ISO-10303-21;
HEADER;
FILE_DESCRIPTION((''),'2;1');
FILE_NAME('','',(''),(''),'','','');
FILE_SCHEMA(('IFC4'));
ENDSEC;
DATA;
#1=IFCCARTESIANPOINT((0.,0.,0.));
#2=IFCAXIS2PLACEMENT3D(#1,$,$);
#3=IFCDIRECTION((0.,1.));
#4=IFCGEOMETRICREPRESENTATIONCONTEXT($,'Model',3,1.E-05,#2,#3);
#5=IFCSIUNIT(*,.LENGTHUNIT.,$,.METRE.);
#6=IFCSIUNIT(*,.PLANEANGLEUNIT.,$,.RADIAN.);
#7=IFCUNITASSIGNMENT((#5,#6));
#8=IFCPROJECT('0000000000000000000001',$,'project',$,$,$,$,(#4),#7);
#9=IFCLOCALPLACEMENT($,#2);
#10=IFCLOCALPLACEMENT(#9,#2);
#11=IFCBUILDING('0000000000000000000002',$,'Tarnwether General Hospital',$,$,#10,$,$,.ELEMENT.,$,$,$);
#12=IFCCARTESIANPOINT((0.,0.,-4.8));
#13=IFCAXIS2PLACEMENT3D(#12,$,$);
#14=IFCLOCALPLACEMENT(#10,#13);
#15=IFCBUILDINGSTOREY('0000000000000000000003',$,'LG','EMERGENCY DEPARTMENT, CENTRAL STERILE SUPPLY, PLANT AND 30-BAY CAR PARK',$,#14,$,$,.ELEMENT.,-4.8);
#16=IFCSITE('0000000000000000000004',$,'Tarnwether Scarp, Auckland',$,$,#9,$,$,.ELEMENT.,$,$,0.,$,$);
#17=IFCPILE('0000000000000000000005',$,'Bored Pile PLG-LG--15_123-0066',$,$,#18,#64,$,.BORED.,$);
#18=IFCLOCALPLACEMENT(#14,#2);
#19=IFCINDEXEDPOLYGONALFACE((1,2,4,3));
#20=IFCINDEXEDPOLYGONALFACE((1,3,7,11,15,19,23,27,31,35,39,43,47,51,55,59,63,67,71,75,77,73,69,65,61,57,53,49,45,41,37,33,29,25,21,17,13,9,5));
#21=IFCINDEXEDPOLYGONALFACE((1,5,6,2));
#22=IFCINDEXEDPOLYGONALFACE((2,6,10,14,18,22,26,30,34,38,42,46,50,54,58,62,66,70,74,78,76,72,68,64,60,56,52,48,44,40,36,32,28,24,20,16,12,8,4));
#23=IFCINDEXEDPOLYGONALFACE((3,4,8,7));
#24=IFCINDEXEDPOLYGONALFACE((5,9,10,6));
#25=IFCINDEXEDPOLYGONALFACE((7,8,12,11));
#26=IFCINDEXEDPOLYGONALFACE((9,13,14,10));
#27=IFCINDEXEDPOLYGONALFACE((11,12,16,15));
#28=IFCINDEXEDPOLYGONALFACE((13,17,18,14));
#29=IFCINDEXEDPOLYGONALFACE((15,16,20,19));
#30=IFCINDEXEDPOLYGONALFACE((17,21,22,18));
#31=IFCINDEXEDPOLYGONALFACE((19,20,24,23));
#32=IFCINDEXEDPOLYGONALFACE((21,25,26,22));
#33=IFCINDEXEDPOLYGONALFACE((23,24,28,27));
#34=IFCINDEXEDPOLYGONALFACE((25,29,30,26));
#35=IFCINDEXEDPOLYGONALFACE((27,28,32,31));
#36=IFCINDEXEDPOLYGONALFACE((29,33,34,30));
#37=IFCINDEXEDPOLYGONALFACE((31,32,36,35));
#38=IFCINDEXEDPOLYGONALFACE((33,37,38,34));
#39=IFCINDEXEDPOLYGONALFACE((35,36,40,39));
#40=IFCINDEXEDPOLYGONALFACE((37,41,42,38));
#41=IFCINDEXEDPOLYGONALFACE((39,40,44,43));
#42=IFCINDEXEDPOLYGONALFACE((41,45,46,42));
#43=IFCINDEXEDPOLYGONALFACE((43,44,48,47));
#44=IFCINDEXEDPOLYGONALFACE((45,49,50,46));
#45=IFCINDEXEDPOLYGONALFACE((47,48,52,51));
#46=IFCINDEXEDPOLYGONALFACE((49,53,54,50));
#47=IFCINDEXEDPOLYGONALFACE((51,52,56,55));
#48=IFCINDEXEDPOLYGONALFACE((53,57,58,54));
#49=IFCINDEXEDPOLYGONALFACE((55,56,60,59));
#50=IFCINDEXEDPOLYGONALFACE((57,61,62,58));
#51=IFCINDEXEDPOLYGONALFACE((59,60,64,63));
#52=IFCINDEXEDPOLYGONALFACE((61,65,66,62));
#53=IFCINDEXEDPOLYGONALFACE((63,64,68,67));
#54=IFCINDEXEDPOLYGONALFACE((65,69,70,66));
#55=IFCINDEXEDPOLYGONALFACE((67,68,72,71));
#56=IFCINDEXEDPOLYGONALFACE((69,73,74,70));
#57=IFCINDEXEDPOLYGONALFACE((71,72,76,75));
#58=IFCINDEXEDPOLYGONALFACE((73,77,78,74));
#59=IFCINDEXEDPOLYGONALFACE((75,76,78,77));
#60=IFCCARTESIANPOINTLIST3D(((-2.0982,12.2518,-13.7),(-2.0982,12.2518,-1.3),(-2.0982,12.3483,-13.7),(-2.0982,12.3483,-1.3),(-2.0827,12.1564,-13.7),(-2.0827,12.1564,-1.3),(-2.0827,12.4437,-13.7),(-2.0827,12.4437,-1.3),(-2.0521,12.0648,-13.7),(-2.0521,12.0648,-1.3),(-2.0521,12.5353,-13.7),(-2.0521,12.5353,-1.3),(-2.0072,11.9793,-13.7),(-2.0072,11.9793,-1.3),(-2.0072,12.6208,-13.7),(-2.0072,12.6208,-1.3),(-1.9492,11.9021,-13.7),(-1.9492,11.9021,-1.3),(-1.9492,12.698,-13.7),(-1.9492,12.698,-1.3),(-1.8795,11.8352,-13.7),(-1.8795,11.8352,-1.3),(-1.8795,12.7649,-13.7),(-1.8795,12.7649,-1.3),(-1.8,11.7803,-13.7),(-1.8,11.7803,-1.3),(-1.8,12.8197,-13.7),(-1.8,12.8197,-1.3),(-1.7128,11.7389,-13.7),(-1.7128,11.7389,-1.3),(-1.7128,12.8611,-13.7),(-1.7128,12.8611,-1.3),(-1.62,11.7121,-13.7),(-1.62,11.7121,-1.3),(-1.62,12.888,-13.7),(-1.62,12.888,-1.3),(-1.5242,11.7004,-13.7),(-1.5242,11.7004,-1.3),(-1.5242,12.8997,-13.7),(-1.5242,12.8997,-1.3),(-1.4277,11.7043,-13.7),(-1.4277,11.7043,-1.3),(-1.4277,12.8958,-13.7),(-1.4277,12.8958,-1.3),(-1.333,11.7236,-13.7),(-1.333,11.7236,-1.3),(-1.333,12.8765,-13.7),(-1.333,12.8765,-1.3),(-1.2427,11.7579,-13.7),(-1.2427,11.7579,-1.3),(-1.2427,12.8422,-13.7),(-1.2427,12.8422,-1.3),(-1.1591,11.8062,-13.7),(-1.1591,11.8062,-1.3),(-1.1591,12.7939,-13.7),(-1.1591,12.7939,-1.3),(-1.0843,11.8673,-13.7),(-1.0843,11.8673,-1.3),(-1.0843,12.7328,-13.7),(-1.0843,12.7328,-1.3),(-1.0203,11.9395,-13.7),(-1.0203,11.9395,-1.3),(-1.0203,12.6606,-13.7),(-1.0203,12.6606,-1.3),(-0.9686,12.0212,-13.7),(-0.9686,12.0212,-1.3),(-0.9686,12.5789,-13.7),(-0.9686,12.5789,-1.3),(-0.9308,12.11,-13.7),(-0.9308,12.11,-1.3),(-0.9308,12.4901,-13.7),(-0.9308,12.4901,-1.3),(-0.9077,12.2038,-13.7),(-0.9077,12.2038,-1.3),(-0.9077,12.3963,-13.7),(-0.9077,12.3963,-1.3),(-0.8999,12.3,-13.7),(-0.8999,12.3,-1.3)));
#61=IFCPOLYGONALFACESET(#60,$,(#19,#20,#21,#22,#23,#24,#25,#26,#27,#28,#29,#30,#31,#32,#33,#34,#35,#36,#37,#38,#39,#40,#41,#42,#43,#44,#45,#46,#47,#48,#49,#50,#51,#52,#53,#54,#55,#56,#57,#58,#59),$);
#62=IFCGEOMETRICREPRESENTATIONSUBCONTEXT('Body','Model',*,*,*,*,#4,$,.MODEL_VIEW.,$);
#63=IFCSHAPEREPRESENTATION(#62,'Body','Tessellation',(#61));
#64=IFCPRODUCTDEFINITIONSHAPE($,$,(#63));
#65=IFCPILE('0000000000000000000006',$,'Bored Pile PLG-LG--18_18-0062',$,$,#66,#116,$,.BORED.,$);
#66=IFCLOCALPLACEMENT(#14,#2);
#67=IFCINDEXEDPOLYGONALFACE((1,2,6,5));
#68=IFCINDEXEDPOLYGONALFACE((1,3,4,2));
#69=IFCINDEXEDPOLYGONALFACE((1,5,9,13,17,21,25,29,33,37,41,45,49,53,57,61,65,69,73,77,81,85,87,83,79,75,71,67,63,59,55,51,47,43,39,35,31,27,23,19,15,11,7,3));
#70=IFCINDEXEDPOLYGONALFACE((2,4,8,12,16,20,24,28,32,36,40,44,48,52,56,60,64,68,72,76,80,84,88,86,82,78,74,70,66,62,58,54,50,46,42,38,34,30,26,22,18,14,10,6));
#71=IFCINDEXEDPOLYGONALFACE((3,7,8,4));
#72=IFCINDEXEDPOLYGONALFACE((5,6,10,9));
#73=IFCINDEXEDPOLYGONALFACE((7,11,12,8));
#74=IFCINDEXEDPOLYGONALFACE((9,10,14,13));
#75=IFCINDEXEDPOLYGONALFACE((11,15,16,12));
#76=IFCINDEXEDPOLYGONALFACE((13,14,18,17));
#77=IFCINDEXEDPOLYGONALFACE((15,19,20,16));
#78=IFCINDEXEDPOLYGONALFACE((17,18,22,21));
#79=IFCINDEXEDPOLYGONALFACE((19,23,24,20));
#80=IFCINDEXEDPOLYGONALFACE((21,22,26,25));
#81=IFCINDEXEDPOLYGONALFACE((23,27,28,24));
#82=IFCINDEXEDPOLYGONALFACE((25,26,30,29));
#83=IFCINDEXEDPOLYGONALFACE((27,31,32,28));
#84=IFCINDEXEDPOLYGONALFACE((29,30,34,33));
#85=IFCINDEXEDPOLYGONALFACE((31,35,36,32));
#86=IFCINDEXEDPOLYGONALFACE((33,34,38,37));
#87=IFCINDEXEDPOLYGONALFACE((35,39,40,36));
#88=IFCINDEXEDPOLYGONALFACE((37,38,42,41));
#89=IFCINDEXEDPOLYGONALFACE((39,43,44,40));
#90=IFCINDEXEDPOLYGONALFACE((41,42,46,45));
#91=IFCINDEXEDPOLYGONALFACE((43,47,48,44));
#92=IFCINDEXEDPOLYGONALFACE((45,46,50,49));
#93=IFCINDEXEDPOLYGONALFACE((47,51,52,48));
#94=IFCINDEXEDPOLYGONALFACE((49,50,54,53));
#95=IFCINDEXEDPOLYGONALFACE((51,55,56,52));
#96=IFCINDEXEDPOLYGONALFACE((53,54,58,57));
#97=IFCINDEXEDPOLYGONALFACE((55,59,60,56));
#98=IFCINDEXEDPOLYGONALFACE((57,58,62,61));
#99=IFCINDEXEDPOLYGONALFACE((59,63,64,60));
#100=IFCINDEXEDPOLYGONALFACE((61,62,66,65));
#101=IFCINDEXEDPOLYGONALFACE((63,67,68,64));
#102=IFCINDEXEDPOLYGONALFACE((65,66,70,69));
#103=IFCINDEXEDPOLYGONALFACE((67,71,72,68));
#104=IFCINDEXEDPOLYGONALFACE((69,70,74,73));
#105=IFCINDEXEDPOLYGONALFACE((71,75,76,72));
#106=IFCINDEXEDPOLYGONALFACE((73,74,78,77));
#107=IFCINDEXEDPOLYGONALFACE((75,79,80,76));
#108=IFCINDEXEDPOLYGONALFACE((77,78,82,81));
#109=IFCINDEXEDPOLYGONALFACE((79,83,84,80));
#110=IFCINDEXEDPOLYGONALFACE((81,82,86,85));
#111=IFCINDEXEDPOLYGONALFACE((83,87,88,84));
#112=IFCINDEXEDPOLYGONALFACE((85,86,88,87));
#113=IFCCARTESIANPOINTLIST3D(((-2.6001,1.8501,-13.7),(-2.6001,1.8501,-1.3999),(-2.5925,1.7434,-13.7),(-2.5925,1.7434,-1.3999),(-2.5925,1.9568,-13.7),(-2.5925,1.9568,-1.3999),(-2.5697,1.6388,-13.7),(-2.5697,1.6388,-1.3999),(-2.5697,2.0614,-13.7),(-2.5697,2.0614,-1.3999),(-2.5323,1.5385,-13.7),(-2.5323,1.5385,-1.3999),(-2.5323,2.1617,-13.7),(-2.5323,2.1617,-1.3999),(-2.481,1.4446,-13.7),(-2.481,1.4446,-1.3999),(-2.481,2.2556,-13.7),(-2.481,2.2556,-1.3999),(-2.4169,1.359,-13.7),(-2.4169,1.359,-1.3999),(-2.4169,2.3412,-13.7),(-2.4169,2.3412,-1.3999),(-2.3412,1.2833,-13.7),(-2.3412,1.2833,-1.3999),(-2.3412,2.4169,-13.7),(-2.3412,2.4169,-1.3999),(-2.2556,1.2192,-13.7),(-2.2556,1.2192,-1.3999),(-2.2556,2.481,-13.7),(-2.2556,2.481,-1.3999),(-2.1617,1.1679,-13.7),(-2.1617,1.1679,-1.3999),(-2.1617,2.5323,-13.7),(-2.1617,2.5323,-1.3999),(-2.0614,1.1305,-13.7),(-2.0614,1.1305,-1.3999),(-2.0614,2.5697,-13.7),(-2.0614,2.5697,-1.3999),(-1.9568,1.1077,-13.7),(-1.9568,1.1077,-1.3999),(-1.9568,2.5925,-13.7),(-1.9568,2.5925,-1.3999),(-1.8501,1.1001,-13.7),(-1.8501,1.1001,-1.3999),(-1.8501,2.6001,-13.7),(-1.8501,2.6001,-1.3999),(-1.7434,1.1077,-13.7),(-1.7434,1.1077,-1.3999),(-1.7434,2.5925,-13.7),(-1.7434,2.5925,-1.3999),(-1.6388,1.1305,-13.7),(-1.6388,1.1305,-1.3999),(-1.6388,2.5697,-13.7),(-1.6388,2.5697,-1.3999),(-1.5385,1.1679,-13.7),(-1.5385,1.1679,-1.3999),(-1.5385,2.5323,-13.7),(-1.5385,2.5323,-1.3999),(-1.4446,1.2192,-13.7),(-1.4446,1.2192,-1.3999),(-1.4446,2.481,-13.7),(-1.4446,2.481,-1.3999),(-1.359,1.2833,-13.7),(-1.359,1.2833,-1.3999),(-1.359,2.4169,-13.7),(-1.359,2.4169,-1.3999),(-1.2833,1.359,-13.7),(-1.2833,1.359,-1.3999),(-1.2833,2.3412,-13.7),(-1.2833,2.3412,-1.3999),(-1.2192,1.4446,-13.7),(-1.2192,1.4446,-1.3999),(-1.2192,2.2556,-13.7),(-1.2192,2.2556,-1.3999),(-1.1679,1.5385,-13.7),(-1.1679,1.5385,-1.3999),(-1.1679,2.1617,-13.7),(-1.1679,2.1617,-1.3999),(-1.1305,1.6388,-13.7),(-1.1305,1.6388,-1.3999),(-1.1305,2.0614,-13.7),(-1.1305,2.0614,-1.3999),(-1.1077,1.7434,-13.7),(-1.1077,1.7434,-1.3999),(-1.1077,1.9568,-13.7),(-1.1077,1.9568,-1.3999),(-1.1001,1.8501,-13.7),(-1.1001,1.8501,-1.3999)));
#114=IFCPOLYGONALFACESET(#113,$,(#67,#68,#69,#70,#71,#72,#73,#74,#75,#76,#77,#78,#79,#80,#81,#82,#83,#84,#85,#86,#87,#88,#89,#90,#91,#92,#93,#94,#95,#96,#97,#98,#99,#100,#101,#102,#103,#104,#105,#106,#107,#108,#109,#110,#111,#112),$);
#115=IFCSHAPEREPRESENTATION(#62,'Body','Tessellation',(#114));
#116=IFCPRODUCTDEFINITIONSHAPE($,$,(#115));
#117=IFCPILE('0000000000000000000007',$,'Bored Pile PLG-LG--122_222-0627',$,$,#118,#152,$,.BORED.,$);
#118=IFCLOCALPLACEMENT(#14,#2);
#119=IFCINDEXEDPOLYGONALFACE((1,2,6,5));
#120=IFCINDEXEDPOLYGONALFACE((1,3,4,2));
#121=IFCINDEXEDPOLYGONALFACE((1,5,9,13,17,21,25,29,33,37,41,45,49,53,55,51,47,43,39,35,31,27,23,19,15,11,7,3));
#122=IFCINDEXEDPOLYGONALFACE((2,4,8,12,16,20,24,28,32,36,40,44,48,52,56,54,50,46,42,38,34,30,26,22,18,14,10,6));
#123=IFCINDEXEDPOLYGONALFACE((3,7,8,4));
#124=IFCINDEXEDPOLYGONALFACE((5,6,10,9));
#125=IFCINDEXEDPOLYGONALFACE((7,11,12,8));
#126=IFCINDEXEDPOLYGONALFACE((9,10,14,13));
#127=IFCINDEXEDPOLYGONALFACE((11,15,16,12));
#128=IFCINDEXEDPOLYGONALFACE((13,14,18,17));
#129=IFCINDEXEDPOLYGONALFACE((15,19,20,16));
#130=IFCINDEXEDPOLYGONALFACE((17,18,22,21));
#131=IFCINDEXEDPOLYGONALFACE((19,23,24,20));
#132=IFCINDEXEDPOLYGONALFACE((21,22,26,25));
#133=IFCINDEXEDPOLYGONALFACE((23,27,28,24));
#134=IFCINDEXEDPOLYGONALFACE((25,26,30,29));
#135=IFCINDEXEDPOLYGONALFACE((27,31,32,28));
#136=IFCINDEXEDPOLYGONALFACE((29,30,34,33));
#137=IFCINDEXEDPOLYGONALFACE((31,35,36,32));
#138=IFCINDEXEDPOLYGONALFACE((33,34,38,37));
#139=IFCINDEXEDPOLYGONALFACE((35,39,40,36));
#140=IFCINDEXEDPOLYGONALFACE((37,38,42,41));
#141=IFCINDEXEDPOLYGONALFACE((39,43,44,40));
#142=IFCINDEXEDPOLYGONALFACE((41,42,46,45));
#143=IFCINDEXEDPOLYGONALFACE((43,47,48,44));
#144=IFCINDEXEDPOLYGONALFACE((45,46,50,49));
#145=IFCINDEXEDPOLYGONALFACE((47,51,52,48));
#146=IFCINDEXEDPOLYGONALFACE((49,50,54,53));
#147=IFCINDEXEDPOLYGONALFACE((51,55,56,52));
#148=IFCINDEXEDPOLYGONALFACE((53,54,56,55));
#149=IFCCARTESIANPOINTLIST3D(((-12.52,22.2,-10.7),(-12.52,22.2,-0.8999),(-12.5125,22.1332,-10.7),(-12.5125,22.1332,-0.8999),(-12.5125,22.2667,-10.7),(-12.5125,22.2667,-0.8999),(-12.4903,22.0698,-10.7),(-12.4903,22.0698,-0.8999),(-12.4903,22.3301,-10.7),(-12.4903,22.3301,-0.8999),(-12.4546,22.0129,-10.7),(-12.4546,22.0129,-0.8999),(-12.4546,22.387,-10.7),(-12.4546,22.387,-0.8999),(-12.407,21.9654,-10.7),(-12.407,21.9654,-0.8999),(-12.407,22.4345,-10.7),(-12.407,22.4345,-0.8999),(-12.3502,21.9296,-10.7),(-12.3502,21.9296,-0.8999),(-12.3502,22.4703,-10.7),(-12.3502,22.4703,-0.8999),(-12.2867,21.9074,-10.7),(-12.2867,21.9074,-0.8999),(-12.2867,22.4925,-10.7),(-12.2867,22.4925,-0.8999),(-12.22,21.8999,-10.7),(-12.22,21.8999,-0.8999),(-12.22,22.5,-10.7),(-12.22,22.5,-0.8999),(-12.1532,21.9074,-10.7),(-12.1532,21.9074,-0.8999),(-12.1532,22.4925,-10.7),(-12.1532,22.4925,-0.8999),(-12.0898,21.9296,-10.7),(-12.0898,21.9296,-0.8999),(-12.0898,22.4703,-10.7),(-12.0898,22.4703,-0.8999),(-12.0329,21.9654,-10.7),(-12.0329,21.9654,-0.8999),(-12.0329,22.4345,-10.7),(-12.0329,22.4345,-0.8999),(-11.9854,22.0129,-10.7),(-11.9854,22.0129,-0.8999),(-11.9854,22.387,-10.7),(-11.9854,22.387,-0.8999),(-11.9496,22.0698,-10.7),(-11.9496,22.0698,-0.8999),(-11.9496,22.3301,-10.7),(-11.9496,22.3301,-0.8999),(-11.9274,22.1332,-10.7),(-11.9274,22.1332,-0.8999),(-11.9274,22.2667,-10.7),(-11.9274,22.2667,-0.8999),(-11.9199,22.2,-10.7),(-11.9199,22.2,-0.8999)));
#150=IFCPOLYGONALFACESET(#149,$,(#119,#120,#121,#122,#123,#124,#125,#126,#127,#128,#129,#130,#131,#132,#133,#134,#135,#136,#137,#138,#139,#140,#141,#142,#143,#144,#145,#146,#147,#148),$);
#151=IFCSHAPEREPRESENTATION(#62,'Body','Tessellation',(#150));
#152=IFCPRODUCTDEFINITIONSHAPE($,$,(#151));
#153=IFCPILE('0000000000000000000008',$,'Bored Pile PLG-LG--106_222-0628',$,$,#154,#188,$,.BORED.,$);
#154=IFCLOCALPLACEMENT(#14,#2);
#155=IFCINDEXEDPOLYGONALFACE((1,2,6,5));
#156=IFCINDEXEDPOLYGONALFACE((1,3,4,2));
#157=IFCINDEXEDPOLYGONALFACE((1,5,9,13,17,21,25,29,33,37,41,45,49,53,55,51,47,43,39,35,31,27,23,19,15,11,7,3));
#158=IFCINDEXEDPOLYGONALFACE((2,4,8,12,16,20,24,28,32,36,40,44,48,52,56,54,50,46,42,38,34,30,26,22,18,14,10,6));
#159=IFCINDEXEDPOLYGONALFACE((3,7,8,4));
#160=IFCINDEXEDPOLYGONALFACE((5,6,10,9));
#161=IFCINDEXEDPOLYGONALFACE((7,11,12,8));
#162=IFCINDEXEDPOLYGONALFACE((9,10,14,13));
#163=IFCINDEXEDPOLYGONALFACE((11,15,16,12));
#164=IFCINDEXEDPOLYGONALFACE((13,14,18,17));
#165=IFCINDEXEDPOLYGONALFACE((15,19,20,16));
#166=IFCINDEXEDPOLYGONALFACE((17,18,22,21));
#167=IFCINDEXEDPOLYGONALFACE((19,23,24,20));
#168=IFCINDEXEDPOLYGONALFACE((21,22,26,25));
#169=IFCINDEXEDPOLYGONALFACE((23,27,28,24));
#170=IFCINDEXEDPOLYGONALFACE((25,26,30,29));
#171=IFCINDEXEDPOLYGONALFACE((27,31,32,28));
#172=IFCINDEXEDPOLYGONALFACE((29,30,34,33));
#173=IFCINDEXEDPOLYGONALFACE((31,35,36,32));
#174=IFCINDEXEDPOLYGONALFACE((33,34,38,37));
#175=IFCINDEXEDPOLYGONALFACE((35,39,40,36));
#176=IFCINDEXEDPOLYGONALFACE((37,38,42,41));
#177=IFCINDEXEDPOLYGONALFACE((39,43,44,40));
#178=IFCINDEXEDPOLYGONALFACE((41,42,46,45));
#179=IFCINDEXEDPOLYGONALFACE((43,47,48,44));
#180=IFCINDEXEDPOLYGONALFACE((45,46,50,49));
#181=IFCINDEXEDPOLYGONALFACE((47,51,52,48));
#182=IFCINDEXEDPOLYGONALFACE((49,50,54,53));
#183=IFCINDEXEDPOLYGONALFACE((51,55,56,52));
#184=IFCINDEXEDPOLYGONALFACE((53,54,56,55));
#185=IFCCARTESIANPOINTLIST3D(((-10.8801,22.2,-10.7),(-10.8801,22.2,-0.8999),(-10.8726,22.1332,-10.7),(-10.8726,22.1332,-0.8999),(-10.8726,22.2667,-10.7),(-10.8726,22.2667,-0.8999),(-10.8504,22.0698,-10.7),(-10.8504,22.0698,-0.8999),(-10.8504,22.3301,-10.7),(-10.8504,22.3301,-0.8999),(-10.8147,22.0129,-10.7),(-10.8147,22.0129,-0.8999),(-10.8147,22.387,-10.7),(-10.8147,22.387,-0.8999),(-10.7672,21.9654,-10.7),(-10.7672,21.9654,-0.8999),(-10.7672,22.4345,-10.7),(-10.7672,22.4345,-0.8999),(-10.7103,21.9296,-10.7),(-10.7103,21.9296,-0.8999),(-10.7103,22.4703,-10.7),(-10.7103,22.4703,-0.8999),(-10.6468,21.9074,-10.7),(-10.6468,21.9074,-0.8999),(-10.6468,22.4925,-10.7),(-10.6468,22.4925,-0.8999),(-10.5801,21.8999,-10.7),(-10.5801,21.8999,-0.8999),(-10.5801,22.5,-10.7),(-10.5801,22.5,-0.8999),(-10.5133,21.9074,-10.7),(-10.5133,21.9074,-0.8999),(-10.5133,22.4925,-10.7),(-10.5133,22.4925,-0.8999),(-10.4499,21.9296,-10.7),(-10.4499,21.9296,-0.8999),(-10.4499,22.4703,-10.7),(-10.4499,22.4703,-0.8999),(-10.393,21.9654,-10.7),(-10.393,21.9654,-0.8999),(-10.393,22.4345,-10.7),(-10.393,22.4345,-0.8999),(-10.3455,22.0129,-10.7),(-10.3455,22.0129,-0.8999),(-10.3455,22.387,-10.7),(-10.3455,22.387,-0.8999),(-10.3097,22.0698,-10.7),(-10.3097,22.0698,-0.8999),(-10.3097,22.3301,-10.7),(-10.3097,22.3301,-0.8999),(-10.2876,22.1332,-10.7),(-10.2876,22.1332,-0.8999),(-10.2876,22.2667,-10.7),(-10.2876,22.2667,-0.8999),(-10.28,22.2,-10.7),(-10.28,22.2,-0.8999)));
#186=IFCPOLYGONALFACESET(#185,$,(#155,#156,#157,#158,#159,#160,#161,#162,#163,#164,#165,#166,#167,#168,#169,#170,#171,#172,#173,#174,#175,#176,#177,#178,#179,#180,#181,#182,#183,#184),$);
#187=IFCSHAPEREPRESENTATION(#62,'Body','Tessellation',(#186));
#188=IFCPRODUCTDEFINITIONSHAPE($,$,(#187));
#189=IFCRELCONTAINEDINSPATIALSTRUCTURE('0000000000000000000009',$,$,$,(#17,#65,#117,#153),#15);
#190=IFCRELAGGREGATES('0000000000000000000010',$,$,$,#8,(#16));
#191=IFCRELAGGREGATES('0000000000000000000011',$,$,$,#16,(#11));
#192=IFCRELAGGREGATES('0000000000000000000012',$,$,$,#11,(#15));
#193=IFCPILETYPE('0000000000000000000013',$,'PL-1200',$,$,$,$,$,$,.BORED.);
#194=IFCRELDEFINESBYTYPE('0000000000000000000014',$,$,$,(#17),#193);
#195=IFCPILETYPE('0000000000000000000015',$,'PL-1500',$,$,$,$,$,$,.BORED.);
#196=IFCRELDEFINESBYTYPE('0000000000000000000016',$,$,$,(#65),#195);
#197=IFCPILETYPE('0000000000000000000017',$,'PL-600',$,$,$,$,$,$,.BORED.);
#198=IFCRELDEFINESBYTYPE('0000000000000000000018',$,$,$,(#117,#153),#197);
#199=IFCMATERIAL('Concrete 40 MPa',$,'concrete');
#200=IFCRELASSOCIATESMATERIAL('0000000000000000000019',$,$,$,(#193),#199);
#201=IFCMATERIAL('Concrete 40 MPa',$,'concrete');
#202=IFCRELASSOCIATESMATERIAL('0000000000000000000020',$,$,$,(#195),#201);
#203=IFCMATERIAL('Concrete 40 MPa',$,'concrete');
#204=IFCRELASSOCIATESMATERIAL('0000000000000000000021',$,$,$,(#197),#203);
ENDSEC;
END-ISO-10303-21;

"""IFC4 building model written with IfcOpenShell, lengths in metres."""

from ifc_helpers import new_model, si_unit, direction, frame, origin, origin_2d, place, context, subcontext, project, spatial, circle, extrude, material, material_profile, profile_set, type_object, element, save


model = new_model("IFC4")

# Units and contexts
model_context = context("Model", 3, precision=1e-05, world=origin(), true_north=direction((0.0, 1.0)))
body_context = subcontext(model_context, "Body", "Model", "MODEL_VIEW")
ifc_project = project(units=[si_unit("LENGTHUNIT", "METRE"), si_unit("PLANEANGLEUNIT", "RADIAN")], contexts=[model_context])

# Site, building, storey
site_placement = place(None, origin())
site = spatial("IfcSite", under=ifc_project, at=site_placement, Name="Tarnwether Scarp, Auckland", CompositionType="ELEMENT", RefElevation=0.0)
building_placement = place(site_placement, origin())
building = spatial("IfcBuilding", under=site, at=building_placement, Name="Tarnwether General Hospital", CompositionType="ELEMENT")
storey_placement = place(building_placement, frame((0.0, 0.0, -4.8)))
storey = spatial("IfcBuildingStorey", under=building, at=storey_placement, Name="LG", Description="EMERGENCY DEPARTMENT, CENTRAL STERILE SUPPLY, PLANT AND 30-BAY CAR PARK", CompositionType="ELEMENT", Elevation=-4.8)

# Piles
ifc_material_1 = material(Name="Concrete 40 MPa", Category="concrete")
ifc_material_profile_1 = material_profile(ifc_material_1, circle(Radius=0.6001, at=origin_2d()), Name="PILE-D1200")
ifc_profile_set_1 = profile_set([ifc_material_profile_1], Name="Concrete 40 MPa")
pile_type_1 = type_object("IfcPileType", Name="PL-1200", PredefinedType="BORED", material=ifc_profile_set_1)
for number, where, z_axis, x_axis, name in (
    (1, (-1.5, 12.3, -1.3), (0.0, 0.0, -1.0), (1.0, 0.0, 0.0), "Bored Pile PLG-LG--15_123-0066"),
):
    element("IfcPile", number, at=place(storey_placement, frame(where, z_axis=z_axis, x_axis=x_axis)), inside=storey, type_object=pile_type_1, Name=name, PredefinedType="BORED", context=body_context, shape_type="SweptSolid", body=[
        extrude(circle(Radius=0.6001, at=origin_2d()), origin(), (0.0, 0.0, 1.0), 12.3999),
    ])
ifc_material_2 = material(Name="Concrete 40 MPa", Category="concrete")
ifc_material_profile_2 = material_profile(ifc_material_2, circle(Radius=0.75, at=origin_2d()), Name="PILE-D1500")
ifc_profile_set_2 = profile_set([ifc_material_profile_2], Name="Concrete 40 MPa")
pile_type_2 = type_object("IfcPileType", Name="PL-1500", PredefinedType="BORED", material=ifc_profile_set_2)
pile_1_placement = place(storey_placement, frame((-1.8501, 1.8501, -1.3999), z_axis=(0.0, 0.0, -1.0), x_axis=(1.0, 0.0, 0.0)))
element("IfcPile", 2, at=pile_1_placement, inside=storey, type_object=pile_type_2, Name="Bored Pile PLG-LG--18_18-0062", PredefinedType="BORED", context=body_context, shape_type="SweptSolid", body=[
    extrude(circle(Radius=0.75, at=origin_2d()), origin(), (0.0, 0.0, 1.0), 12.3),
])
ifc_material_3 = material(Name="Concrete 40 MPa", Category="concrete")
ifc_material_profile_3 = material_profile(ifc_material_3, circle(Radius=0.3, at=origin_2d()), Name="PILE-D600")
ifc_profile_set_3 = profile_set([ifc_material_profile_3], Name="Concrete 40 MPa")
pile_type_3 = type_object("IfcPileType", Name="PL-600", PredefinedType="BORED", material=ifc_profile_set_3)
for number, where, z_axis, x_axis, name in (
    (3, (-12.22, 22.2, -0.8999), (0.0, 0.0, -1.0), (1.0, 0.0, 0.0), "Bored Pile PLG-LG--122_222-0627"),
    (4, (-10.5801, 22.2, -0.8999), (0.0, 0.0, -1.0), (1.0, 0.0, 0.0), "Bored Pile PLG-LG--106_222-0628"),
):
    element("IfcPile", number, at=place(storey_placement, frame(where, z_axis=z_axis, x_axis=x_axis)), inside=storey, type_object=pile_type_3, Name=name, PredefinedType="BORED", context=body_context, shape_type="SweptSolid", body=[
        extrude(circle(Radius=0.3, at=origin_2d()), origin(), (0.0, 0.0, 1.0), 9.8),
    ])

save(model, "model.ifc")
